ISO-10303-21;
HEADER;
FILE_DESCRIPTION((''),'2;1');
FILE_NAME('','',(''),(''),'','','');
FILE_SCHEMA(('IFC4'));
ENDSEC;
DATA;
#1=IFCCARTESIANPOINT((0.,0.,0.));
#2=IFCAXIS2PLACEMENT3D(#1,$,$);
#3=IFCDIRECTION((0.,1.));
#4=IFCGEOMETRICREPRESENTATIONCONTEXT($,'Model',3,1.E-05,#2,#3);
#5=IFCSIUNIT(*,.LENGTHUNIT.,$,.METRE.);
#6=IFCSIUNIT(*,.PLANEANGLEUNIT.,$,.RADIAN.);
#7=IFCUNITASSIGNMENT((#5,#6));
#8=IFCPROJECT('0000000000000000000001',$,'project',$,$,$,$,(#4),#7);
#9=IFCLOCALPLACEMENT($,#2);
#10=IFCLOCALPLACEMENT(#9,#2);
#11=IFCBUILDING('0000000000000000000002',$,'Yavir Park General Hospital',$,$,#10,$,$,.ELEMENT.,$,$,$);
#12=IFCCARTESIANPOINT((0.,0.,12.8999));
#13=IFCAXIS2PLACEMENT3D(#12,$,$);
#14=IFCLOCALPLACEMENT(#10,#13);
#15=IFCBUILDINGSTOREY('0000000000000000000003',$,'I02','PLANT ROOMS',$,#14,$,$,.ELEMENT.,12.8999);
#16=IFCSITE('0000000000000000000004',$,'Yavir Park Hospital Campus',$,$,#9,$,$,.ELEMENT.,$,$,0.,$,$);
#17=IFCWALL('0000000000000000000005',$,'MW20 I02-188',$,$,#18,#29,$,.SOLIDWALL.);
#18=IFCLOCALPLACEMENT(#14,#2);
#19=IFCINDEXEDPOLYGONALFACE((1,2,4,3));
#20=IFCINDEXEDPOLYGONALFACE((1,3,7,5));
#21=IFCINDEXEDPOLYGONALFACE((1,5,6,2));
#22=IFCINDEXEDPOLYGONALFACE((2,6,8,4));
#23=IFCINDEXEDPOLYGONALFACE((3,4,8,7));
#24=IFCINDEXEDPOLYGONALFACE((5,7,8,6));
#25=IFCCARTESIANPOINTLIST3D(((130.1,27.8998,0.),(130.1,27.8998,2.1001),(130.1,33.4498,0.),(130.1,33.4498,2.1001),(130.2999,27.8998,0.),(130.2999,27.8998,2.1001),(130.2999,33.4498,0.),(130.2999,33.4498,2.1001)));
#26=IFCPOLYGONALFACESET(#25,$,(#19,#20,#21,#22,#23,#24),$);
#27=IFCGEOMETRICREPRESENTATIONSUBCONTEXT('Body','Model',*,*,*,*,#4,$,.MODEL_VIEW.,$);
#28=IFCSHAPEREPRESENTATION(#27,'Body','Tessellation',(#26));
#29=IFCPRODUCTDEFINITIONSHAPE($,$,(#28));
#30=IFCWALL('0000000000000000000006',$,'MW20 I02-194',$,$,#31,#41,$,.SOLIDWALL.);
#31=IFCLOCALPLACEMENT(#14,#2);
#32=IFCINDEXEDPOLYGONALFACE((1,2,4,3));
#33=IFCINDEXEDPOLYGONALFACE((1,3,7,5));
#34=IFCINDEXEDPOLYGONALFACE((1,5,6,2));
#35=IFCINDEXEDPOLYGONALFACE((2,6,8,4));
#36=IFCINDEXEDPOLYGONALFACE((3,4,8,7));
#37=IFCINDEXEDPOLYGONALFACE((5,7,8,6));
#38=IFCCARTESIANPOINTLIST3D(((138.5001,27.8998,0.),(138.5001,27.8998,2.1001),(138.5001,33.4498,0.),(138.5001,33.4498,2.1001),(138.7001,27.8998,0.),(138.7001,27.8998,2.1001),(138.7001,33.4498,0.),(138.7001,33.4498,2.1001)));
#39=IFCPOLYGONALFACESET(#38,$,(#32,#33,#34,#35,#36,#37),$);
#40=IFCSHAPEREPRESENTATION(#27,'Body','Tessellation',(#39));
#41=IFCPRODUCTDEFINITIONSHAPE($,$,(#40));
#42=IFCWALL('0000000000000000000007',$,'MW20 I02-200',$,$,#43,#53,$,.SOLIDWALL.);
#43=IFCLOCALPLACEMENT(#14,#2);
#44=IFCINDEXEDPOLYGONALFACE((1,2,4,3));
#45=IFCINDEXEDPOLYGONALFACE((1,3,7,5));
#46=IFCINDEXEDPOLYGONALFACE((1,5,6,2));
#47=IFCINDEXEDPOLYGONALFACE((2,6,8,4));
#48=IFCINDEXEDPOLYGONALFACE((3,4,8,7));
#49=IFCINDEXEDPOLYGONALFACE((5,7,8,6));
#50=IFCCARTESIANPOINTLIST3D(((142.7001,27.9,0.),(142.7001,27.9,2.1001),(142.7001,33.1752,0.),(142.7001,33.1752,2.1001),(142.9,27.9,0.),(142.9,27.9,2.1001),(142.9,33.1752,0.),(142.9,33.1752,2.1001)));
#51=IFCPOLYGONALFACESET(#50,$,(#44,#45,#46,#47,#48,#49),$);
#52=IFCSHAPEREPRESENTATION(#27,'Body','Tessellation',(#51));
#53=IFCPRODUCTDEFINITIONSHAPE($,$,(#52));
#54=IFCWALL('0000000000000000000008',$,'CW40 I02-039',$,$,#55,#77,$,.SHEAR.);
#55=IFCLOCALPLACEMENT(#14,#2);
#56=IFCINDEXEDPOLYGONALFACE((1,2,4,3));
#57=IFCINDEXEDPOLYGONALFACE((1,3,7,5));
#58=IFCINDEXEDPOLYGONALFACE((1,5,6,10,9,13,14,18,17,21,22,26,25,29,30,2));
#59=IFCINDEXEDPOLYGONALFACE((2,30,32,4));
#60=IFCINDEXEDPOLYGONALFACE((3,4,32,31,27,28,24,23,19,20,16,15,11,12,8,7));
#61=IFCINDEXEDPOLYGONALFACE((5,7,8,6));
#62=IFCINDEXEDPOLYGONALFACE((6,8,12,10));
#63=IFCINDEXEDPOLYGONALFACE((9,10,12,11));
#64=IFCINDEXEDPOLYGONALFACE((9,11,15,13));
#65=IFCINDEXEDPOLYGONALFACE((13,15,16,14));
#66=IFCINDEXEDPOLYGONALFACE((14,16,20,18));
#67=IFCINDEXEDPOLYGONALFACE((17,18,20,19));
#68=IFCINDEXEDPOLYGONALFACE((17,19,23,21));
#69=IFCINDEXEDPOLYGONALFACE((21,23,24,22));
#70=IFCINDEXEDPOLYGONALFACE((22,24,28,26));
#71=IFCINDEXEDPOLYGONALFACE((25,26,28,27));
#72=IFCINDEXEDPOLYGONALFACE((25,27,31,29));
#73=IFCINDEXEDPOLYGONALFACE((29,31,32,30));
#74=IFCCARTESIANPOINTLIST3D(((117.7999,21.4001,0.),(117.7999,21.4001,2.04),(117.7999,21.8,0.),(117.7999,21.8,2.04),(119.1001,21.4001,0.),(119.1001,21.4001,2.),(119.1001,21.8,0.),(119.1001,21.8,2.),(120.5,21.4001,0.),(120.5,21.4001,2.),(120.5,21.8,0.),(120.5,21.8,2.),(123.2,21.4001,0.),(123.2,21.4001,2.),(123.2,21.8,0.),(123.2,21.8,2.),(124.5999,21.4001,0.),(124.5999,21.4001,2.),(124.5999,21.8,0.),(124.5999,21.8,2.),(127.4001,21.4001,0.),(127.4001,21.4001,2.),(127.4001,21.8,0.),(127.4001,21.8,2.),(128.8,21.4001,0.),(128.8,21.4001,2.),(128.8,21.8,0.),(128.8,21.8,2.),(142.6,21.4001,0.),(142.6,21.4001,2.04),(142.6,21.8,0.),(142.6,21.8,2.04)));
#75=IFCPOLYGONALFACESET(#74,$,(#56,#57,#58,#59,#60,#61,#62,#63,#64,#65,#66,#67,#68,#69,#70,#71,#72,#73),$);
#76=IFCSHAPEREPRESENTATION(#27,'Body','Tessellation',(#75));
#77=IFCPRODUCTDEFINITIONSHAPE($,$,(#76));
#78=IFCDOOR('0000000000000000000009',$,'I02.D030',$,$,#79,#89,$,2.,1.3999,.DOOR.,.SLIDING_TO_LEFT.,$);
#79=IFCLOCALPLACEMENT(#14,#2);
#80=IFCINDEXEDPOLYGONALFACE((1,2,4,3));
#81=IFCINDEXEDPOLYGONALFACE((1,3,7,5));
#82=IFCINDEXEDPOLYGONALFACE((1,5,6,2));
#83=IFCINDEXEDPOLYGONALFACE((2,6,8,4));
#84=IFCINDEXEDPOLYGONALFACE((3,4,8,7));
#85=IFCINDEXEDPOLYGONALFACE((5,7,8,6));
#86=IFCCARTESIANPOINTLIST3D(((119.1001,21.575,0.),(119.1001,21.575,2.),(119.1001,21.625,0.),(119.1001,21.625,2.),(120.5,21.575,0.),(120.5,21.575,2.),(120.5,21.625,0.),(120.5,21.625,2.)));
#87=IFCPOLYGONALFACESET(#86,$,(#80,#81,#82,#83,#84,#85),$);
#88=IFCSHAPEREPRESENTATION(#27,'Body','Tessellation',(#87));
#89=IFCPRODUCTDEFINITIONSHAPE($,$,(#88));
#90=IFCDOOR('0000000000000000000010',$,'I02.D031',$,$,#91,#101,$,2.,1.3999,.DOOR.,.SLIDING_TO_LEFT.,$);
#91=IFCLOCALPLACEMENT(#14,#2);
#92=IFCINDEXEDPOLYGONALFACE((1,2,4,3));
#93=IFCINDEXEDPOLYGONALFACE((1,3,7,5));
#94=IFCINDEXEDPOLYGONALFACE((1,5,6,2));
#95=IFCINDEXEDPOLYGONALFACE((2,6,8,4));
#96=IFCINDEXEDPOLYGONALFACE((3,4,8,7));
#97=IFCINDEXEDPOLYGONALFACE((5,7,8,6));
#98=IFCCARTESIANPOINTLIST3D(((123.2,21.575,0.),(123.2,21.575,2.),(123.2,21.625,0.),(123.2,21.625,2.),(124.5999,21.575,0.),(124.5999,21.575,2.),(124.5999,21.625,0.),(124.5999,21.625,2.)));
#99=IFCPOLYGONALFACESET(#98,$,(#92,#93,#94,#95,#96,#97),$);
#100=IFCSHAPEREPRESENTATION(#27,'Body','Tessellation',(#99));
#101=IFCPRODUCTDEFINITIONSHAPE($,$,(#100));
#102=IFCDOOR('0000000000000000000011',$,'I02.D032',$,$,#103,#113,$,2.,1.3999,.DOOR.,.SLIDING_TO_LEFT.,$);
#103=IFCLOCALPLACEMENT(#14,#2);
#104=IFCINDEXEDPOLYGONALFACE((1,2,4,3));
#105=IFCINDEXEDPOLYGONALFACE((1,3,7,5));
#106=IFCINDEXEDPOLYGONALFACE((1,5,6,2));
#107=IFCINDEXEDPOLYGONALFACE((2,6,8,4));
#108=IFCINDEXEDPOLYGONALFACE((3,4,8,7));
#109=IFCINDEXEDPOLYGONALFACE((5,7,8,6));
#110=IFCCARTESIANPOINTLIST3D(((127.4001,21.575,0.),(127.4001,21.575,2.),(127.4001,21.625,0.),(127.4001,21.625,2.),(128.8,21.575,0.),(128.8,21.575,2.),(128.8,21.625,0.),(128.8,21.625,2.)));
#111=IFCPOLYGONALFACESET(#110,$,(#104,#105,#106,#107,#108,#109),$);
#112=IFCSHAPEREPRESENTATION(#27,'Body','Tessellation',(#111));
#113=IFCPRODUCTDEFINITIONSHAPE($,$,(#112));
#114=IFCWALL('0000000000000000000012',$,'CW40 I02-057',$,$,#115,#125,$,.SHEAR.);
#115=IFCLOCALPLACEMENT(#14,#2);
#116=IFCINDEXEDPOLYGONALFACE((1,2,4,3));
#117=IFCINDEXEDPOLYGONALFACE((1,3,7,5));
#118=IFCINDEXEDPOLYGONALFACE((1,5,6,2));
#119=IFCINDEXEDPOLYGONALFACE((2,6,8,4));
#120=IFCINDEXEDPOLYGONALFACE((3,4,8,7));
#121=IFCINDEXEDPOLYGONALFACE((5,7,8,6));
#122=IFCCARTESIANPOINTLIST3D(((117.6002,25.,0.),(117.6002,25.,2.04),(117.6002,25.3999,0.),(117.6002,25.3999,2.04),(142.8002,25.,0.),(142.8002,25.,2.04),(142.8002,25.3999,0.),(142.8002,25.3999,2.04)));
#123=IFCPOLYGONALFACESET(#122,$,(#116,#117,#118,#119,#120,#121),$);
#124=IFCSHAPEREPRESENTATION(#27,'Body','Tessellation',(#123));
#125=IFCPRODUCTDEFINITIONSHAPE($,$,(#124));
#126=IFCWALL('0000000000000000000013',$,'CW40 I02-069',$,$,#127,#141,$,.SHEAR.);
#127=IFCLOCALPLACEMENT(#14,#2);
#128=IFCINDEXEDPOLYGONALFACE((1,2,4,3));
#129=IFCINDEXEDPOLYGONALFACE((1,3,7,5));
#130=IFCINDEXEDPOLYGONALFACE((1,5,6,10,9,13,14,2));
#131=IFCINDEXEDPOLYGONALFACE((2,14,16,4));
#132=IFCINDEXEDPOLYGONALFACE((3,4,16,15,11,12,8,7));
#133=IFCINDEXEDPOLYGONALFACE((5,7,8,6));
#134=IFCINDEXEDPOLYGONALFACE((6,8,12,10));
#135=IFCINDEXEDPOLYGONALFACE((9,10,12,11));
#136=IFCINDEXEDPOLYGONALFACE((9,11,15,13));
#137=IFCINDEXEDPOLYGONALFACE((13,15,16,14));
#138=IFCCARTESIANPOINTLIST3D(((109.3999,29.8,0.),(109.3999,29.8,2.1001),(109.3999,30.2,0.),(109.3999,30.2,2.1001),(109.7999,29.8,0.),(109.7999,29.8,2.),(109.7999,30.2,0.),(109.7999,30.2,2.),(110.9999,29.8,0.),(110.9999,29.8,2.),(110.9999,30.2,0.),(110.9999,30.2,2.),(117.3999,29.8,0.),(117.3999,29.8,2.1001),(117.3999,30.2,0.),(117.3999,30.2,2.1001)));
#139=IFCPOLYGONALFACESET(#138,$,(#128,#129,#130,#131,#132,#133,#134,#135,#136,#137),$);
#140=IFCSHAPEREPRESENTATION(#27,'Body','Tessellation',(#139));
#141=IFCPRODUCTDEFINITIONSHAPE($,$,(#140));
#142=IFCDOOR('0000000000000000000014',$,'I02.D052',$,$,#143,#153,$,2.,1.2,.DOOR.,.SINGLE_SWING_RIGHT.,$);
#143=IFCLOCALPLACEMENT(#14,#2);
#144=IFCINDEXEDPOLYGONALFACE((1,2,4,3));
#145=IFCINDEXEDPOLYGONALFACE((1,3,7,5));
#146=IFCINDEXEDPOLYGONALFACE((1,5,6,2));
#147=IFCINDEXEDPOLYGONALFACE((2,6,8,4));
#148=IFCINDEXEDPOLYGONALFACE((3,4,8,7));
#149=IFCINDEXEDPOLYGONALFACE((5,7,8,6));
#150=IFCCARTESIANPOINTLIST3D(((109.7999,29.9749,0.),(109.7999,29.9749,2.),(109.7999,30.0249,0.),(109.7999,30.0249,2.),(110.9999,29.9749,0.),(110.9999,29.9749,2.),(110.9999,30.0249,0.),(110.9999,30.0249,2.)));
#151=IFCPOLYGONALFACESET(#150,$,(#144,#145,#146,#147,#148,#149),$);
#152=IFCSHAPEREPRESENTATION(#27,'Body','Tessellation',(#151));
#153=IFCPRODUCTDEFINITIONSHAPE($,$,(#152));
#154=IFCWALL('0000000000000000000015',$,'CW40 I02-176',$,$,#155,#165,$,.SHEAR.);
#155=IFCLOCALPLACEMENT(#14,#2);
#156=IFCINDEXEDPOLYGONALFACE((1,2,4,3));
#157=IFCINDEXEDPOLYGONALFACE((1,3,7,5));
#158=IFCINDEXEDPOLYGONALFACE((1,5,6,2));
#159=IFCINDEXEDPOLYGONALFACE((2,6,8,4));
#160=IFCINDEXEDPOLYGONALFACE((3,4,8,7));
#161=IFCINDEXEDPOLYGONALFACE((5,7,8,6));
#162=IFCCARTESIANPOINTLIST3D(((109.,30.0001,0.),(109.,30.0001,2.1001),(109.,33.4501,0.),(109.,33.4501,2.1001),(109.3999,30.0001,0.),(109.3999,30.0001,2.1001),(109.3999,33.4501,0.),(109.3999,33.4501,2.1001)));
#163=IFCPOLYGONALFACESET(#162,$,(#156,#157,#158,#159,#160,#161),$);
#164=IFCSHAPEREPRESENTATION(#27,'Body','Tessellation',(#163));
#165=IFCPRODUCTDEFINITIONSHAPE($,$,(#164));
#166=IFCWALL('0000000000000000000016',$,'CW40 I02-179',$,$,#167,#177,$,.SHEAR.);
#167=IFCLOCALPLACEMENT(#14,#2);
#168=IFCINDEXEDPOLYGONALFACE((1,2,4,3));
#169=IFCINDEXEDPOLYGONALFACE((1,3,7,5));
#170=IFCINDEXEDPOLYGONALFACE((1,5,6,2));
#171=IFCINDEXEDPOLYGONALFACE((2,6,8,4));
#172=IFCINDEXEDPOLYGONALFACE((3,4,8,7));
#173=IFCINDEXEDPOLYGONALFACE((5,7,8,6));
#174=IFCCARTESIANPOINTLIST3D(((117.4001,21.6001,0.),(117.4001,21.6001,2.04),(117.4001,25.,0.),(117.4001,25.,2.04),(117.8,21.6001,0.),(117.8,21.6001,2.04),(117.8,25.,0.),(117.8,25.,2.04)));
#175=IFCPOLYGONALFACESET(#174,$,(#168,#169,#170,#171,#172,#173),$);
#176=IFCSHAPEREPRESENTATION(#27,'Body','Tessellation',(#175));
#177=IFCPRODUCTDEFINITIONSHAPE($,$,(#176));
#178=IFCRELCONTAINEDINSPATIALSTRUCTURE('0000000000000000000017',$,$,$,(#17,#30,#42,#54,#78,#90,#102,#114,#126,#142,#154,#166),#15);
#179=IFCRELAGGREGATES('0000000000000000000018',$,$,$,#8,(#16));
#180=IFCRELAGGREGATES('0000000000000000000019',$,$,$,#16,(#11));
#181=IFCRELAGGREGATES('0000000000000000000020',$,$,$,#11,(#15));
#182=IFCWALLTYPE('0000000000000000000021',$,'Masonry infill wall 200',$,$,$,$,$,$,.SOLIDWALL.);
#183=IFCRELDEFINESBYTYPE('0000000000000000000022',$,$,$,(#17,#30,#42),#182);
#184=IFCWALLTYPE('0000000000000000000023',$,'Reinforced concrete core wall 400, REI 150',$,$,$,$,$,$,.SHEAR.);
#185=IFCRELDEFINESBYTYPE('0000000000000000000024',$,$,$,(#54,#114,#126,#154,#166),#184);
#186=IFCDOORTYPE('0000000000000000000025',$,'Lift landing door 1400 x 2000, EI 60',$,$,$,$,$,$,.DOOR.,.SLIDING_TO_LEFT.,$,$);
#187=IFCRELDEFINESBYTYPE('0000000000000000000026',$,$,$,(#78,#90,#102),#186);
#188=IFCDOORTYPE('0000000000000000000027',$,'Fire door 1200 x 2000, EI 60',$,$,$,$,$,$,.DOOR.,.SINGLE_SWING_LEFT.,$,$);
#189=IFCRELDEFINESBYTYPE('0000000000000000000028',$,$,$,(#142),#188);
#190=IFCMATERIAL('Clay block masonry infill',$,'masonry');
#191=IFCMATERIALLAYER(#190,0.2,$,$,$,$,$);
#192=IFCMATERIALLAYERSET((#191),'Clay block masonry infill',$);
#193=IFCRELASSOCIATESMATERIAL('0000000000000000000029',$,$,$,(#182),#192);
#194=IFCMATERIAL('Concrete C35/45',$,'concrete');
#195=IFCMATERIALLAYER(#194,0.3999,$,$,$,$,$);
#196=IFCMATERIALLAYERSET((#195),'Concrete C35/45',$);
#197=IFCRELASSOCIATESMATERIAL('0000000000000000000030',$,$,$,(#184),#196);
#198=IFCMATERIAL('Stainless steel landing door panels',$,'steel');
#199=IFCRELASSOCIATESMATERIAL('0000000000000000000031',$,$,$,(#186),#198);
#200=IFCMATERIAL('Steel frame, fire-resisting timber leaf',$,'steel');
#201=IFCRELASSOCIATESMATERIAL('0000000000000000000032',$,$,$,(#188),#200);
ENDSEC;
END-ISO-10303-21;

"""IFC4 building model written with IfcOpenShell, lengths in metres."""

from ifc_helpers import new_model, si_unit, direction, frame, frame_2d, origin, place, context, subcontext, project, spatial, rectangle, extrude, material, layer, layer_set, type_object, element, fill, save


model = new_model("IFC4")

# Units and contexts
model_context = context("Model", 3, precision=1e-05, world=origin(), true_north=direction((0.0, 1.0)))
body_context = subcontext(model_context, "Body", "Model", "MODEL_VIEW")
ifc_project = project(units=[si_unit("LENGTHUNIT", "METRE"), si_unit("PLANEANGLEUNIT", "RADIAN")], contexts=[model_context])

# Site, building, storey
site_placement = place(None, origin())
site = spatial("IfcSite", under=ifc_project, at=site_placement, Name="Yavir Park Hospital Campus", CompositionType="ELEMENT", RefElevation=0.0)
building_placement = place(site_placement, origin())
building = spatial("IfcBuilding", under=site, at=building_placement, Name="Yavir Park General Hospital", CompositionType="ELEMENT")
storey_placement = place(building_placement, frame((0.0, 0.0, 12.8999)))
storey = spatial("IfcBuildingStorey", under=building, at=storey_placement, Name="I02", Description="PLANT ROOMS", CompositionType="ELEMENT", Elevation=12.8999)

# Shared definitions
ifc_material_1 = material(Name="Clay block masonry infill", Category="masonry")
ifc_layer_1 = layer(ifc_material_1, 0.2)
ifc_layer_set_1 = layer_set([ifc_layer_1], Name="Clay block masonry infill")
wall_type_1 = type_object("IfcWallType", Name="Masonry infill wall 200", PredefinedType="SOLIDWALL", material=ifc_layer_set_1)

# Walls
for number, where, z_axis, x_axis, name in (
    (1, (130.2, 27.8999, 0.0), (0.0, 0.0, 1.0), (0.0, 1.0, 0.0), "MW20 I02-188"),
    (2, (138.6001, 27.8999, 0.0), (0.0, 0.0, 1.0), (0.0, 1.0, 0.0), "MW20 I02-194"),
):
    element("IfcWall", number, at=place(storey_placement, frame(where, z_axis=z_axis, x_axis=x_axis)), inside=storey, type_object=wall_type_1, Name=name, PredefinedType="SOLIDWALL", context=body_context, shape_type="SweptSolid", body=[
        extrude(rectangle(XDim=5.55, YDim=0.2, at=frame_2d((2.7749, 0.0))), origin(), (0.0, 0.0, 1.0), 2.1001),
    ])
wall_1_placement = place(storey_placement, frame((142.8, 27.8999, 0.0), z_axis=(0.0, 0.0, 1.0), x_axis=(0.0, 1.0, 0.0)))
element("IfcWall", 3, at=wall_1_placement, inside=storey, type_object=wall_type_1, Name="MW20 I02-200", PredefinedType="SOLIDWALL", context=body_context, shape_type="SweptSolid", body=[
    extrude(rectangle(XDim=5.2751, YDim=0.2, at=frame_2d((2.6377, 0.0))), origin(), (0.0, 0.0, 1.0), 2.1001),
])

# Wall, openings, doors
ifc_material_2 = material(Name="Concrete C35/45", Category="concrete")
ifc_layer_2 = layer(ifc_material_2, 0.3999)
ifc_layer_set_2 = layer_set([ifc_layer_2], Name="Concrete C35/45")
wall_type_2 = type_object("IfcWallType", Name="Reinforced concrete core wall 400, REI 150", PredefinedType="SHEAR", material=ifc_layer_set_2)
wall_2_placement = place(storey_placement, frame((117.8, 21.6001, 0.0), z_axis=(0.0, 0.0, 1.0), x_axis=(1.0, 0.0, 0.0)))
wall_2 = element("IfcWall", 4, at=wall_2_placement, inside=storey, type_object=wall_type_2, Name="CW40 I02-039", PredefinedType="SHEAR", context=body_context, shape_type="SweptSolid", body=[
    extrude(rectangle(XDim=24.8, YDim=0.3999, at=frame_2d((12.3999, 0.0))), origin(), (0.0, 0.0, 1.0), 2.04),
])
opening_1_placement = place(wall_2_placement, frame((1.3, 0.0, 0.0)))
opening_1 = element("IfcOpeningElement", 5, at=opening_1_placement, cuts=wall_2, PredefinedType="OPENING", context=body_context, shape_type="SweptSolid", body=[
    extrude(rectangle(XDim=1.3999, YDim=2.0, at=frame_2d((0.7, 1.0))), frame((0.0, 0.21, 0.0), z_axis=(0.0, -1.0, 0.0), x_axis=(1.0, 0.0, 0.0)), (0.0, 0.0, 1.0), 0.4199),
])
opening_2_placement = place(wall_2_placement, frame((5.3999, 0.0, 0.0)))
opening_2 = element("IfcOpeningElement", 6, at=opening_2_placement, cuts=wall_2, PredefinedType="OPENING", context=body_context, shape_type="SweptSolid", body=[
    extrude(rectangle(XDim=1.3999, YDim=2.0, at=frame_2d((0.7, 1.0))), frame((0.0, 0.21, 0.0), z_axis=(0.0, -1.0, 0.0), x_axis=(1.0, 0.0, 0.0)), (0.0, 0.0, 1.0), 0.4199),
])
opening_3_placement = place(wall_2_placement, frame((9.6001, 0.0, 0.0)))
opening_3 = element("IfcOpeningElement", 7, at=opening_3_placement, cuts=wall_2, PredefinedType="OPENING", context=body_context, shape_type="SweptSolid", body=[
    extrude(rectangle(XDim=1.3999, YDim=2.0, at=frame_2d((0.7, 1.0))), frame((0.0, 0.21, 0.0), z_axis=(0.0, -1.0, 0.0), x_axis=(1.0, 0.0, 0.0)), (0.0, 0.0, 1.0), 0.4199),
])
ifc_material_3 = material(Name="Stainless steel landing door panels", Category="steel")
door_type_1 = type_object("IfcDoorType", Name="Lift landing door 1400 x 2000, EI 60", OperationType="SLIDING_TO_LEFT", PredefinedType="DOOR", material=ifc_material_3)
door_1_placement = place(opening_1_placement, origin())
door_1 = element("IfcDoor", 8, at=door_1_placement, inside=storey, type_object=door_type_1, Name="I02.D030", OperationType="SLIDING_TO_LEFT", OverallHeight=2.0, OverallWidth=1.3999, PredefinedType="DOOR", context=body_context, shape_type="SweptSolid", body=[
    extrude(rectangle(XDim=1.3999, YDim=2.0, at=frame_2d((0.7, 1.0))), frame((0.0, 0.0249, 0.0), z_axis=(0.0, -1.0, 0.0), x_axis=(1.0, 0.0, 0.0)), (0.0, 0.0, 1.0), 0.05),
])
fill(opening_1, door_1)
door_2_placement = place(opening_2_placement, origin())
door_2 = element("IfcDoor", 9, at=door_2_placement, inside=storey, type_object=door_type_1, Name="I02.D031", OperationType="SLIDING_TO_LEFT", OverallHeight=2.0, OverallWidth=1.3999, PredefinedType="DOOR", context=body_context, shape_type="SweptSolid", body=[
    extrude(rectangle(XDim=1.3999, YDim=2.0, at=frame_2d((0.7, 1.0))), frame((0.0, 0.0249, 0.0), z_axis=(0.0, -1.0, 0.0), x_axis=(1.0, 0.0, 0.0)), (0.0, 0.0, 1.0), 0.05),
])
fill(opening_2, door_2)
door_3_placement = place(opening_3_placement, origin())
door_3 = element("IfcDoor", 10, at=door_3_placement, inside=storey, type_object=door_type_1, Name="I02.D032", OperationType="SLIDING_TO_LEFT", OverallHeight=2.0, OverallWidth=1.3999, PredefinedType="DOOR", context=body_context, shape_type="SweptSolid", body=[
    extrude(rectangle(XDim=1.3999, YDim=2.0, at=frame_2d((0.7, 1.0))), frame((0.0, 0.0249, 0.0), z_axis=(0.0, -1.0, 0.0), x_axis=(1.0, 0.0, 0.0)), (0.0, 0.0, 1.0), 0.05),
])
fill(opening_3, door_3)

# Wall
wall_3_placement = place(storey_placement, frame((117.6001, 25.2, 0.0), z_axis=(0.0, 0.0, 1.0), x_axis=(1.0, 0.0, 0.0)))
element("IfcWall", 11, at=wall_3_placement, inside=storey, type_object=wall_type_2, Name="CW40 I02-057", PredefinedType="SHEAR", context=body_context, shape_type="SweptSolid", body=[
    extrude(rectangle(XDim=25.2, YDim=0.3999, at=frame_2d((12.6001, 0.0))), origin(), (0.0, 0.0, 1.0), 2.04),
])

# Wall, opening, door
wall_4_placement = place(storey_placement, frame((109.3999, 30.0, 0.0), z_axis=(0.0, 0.0, 1.0), x_axis=(1.0, 0.0, 0.0)))
wall_4 = element("IfcWall", 12, at=wall_4_placement, inside=storey, type_object=wall_type_2, Name="CW40 I02-069", PredefinedType="SHEAR", context=body_context, shape_type="SweptSolid", body=[
    extrude(rectangle(XDim=8.0, YDim=0.3999, at=frame_2d((4.0, 0.0))), origin(), (0.0, 0.0, 1.0), 2.1001),
])
opening_4_placement = place(wall_4_placement, frame((0.3999, 0.0, 0.0)))
opening_4 = element("IfcOpeningElement", 13, at=opening_4_placement, cuts=wall_4, PredefinedType="OPENING", context=body_context, shape_type="SweptSolid", body=[
    extrude(rectangle(XDim=1.2, YDim=2.0, at=frame_2d((0.6001, 1.0))), frame((0.0, 0.21, 0.0), z_axis=(0.0, -1.0, 0.0), x_axis=(1.0, 0.0, 0.0)), (0.0, 0.0, 1.0), 0.4199),
])
ifc_material_4 = material(Name="Steel frame, fire-resisting timber leaf", Category="steel")
door_type_2 = type_object("IfcDoorType", Name="Fire door 1200 x 2000, EI 60", OperationType="SINGLE_SWING_LEFT", PredefinedType="DOOR", material=ifc_material_4)
door_4_placement = place(opening_4_placement, origin())
door_4 = element("IfcDoor", 14, at=door_4_placement, inside=storey, type_object=door_type_2, Name="I02.D052", OperationType="SINGLE_SWING_RIGHT", OverallHeight=2.0, OverallWidth=1.2, PredefinedType="DOOR", context=body_context, shape_type="SweptSolid", body=[
    extrude(rectangle(XDim=1.2, YDim=2.0, at=frame_2d((0.6001, 1.0))), frame((0.0, 0.0249, 0.0), z_axis=(0.0, -1.0, 0.0), x_axis=(1.0, 0.0, 0.0)), (0.0, 0.0, 1.0), 0.05),
])
fill(opening_4, door_4)

# Walls
wall_5_placement = place(storey_placement, frame((109.2, 30.0, 0.0), z_axis=(0.0, 0.0, 1.0), x_axis=(0.0, 1.0, 0.0)))
element("IfcWall", 15, at=wall_5_placement, inside=storey, type_object=wall_type_2, Name="CW40 I02-176", PredefinedType="SHEAR", context=body_context, shape_type="SweptSolid", body=[
    extrude(rectangle(XDim=3.45, YDim=0.3999, at=frame_2d((1.7251, 0.0))), origin(), (0.0, 0.0, 1.0), 2.1001),
])
wall_6_placement = place(storey_placement, frame((117.6001, 21.6001, 0.0), z_axis=(0.0, 0.0, 1.0), x_axis=(0.0, 1.0, 0.0)))
element("IfcWall", 16, at=wall_6_placement, inside=storey, type_object=wall_type_2, Name="CW40 I02-179", PredefinedType="SHEAR", context=body_context, shape_type="SweptSolid", body=[
    extrude(rectangle(XDim=3.3999, YDim=0.3999, at=frame_2d((1.7, 0.0))), origin(), (0.0, 0.0, 1.0), 2.04),
])

save(model, "model.ifc")
